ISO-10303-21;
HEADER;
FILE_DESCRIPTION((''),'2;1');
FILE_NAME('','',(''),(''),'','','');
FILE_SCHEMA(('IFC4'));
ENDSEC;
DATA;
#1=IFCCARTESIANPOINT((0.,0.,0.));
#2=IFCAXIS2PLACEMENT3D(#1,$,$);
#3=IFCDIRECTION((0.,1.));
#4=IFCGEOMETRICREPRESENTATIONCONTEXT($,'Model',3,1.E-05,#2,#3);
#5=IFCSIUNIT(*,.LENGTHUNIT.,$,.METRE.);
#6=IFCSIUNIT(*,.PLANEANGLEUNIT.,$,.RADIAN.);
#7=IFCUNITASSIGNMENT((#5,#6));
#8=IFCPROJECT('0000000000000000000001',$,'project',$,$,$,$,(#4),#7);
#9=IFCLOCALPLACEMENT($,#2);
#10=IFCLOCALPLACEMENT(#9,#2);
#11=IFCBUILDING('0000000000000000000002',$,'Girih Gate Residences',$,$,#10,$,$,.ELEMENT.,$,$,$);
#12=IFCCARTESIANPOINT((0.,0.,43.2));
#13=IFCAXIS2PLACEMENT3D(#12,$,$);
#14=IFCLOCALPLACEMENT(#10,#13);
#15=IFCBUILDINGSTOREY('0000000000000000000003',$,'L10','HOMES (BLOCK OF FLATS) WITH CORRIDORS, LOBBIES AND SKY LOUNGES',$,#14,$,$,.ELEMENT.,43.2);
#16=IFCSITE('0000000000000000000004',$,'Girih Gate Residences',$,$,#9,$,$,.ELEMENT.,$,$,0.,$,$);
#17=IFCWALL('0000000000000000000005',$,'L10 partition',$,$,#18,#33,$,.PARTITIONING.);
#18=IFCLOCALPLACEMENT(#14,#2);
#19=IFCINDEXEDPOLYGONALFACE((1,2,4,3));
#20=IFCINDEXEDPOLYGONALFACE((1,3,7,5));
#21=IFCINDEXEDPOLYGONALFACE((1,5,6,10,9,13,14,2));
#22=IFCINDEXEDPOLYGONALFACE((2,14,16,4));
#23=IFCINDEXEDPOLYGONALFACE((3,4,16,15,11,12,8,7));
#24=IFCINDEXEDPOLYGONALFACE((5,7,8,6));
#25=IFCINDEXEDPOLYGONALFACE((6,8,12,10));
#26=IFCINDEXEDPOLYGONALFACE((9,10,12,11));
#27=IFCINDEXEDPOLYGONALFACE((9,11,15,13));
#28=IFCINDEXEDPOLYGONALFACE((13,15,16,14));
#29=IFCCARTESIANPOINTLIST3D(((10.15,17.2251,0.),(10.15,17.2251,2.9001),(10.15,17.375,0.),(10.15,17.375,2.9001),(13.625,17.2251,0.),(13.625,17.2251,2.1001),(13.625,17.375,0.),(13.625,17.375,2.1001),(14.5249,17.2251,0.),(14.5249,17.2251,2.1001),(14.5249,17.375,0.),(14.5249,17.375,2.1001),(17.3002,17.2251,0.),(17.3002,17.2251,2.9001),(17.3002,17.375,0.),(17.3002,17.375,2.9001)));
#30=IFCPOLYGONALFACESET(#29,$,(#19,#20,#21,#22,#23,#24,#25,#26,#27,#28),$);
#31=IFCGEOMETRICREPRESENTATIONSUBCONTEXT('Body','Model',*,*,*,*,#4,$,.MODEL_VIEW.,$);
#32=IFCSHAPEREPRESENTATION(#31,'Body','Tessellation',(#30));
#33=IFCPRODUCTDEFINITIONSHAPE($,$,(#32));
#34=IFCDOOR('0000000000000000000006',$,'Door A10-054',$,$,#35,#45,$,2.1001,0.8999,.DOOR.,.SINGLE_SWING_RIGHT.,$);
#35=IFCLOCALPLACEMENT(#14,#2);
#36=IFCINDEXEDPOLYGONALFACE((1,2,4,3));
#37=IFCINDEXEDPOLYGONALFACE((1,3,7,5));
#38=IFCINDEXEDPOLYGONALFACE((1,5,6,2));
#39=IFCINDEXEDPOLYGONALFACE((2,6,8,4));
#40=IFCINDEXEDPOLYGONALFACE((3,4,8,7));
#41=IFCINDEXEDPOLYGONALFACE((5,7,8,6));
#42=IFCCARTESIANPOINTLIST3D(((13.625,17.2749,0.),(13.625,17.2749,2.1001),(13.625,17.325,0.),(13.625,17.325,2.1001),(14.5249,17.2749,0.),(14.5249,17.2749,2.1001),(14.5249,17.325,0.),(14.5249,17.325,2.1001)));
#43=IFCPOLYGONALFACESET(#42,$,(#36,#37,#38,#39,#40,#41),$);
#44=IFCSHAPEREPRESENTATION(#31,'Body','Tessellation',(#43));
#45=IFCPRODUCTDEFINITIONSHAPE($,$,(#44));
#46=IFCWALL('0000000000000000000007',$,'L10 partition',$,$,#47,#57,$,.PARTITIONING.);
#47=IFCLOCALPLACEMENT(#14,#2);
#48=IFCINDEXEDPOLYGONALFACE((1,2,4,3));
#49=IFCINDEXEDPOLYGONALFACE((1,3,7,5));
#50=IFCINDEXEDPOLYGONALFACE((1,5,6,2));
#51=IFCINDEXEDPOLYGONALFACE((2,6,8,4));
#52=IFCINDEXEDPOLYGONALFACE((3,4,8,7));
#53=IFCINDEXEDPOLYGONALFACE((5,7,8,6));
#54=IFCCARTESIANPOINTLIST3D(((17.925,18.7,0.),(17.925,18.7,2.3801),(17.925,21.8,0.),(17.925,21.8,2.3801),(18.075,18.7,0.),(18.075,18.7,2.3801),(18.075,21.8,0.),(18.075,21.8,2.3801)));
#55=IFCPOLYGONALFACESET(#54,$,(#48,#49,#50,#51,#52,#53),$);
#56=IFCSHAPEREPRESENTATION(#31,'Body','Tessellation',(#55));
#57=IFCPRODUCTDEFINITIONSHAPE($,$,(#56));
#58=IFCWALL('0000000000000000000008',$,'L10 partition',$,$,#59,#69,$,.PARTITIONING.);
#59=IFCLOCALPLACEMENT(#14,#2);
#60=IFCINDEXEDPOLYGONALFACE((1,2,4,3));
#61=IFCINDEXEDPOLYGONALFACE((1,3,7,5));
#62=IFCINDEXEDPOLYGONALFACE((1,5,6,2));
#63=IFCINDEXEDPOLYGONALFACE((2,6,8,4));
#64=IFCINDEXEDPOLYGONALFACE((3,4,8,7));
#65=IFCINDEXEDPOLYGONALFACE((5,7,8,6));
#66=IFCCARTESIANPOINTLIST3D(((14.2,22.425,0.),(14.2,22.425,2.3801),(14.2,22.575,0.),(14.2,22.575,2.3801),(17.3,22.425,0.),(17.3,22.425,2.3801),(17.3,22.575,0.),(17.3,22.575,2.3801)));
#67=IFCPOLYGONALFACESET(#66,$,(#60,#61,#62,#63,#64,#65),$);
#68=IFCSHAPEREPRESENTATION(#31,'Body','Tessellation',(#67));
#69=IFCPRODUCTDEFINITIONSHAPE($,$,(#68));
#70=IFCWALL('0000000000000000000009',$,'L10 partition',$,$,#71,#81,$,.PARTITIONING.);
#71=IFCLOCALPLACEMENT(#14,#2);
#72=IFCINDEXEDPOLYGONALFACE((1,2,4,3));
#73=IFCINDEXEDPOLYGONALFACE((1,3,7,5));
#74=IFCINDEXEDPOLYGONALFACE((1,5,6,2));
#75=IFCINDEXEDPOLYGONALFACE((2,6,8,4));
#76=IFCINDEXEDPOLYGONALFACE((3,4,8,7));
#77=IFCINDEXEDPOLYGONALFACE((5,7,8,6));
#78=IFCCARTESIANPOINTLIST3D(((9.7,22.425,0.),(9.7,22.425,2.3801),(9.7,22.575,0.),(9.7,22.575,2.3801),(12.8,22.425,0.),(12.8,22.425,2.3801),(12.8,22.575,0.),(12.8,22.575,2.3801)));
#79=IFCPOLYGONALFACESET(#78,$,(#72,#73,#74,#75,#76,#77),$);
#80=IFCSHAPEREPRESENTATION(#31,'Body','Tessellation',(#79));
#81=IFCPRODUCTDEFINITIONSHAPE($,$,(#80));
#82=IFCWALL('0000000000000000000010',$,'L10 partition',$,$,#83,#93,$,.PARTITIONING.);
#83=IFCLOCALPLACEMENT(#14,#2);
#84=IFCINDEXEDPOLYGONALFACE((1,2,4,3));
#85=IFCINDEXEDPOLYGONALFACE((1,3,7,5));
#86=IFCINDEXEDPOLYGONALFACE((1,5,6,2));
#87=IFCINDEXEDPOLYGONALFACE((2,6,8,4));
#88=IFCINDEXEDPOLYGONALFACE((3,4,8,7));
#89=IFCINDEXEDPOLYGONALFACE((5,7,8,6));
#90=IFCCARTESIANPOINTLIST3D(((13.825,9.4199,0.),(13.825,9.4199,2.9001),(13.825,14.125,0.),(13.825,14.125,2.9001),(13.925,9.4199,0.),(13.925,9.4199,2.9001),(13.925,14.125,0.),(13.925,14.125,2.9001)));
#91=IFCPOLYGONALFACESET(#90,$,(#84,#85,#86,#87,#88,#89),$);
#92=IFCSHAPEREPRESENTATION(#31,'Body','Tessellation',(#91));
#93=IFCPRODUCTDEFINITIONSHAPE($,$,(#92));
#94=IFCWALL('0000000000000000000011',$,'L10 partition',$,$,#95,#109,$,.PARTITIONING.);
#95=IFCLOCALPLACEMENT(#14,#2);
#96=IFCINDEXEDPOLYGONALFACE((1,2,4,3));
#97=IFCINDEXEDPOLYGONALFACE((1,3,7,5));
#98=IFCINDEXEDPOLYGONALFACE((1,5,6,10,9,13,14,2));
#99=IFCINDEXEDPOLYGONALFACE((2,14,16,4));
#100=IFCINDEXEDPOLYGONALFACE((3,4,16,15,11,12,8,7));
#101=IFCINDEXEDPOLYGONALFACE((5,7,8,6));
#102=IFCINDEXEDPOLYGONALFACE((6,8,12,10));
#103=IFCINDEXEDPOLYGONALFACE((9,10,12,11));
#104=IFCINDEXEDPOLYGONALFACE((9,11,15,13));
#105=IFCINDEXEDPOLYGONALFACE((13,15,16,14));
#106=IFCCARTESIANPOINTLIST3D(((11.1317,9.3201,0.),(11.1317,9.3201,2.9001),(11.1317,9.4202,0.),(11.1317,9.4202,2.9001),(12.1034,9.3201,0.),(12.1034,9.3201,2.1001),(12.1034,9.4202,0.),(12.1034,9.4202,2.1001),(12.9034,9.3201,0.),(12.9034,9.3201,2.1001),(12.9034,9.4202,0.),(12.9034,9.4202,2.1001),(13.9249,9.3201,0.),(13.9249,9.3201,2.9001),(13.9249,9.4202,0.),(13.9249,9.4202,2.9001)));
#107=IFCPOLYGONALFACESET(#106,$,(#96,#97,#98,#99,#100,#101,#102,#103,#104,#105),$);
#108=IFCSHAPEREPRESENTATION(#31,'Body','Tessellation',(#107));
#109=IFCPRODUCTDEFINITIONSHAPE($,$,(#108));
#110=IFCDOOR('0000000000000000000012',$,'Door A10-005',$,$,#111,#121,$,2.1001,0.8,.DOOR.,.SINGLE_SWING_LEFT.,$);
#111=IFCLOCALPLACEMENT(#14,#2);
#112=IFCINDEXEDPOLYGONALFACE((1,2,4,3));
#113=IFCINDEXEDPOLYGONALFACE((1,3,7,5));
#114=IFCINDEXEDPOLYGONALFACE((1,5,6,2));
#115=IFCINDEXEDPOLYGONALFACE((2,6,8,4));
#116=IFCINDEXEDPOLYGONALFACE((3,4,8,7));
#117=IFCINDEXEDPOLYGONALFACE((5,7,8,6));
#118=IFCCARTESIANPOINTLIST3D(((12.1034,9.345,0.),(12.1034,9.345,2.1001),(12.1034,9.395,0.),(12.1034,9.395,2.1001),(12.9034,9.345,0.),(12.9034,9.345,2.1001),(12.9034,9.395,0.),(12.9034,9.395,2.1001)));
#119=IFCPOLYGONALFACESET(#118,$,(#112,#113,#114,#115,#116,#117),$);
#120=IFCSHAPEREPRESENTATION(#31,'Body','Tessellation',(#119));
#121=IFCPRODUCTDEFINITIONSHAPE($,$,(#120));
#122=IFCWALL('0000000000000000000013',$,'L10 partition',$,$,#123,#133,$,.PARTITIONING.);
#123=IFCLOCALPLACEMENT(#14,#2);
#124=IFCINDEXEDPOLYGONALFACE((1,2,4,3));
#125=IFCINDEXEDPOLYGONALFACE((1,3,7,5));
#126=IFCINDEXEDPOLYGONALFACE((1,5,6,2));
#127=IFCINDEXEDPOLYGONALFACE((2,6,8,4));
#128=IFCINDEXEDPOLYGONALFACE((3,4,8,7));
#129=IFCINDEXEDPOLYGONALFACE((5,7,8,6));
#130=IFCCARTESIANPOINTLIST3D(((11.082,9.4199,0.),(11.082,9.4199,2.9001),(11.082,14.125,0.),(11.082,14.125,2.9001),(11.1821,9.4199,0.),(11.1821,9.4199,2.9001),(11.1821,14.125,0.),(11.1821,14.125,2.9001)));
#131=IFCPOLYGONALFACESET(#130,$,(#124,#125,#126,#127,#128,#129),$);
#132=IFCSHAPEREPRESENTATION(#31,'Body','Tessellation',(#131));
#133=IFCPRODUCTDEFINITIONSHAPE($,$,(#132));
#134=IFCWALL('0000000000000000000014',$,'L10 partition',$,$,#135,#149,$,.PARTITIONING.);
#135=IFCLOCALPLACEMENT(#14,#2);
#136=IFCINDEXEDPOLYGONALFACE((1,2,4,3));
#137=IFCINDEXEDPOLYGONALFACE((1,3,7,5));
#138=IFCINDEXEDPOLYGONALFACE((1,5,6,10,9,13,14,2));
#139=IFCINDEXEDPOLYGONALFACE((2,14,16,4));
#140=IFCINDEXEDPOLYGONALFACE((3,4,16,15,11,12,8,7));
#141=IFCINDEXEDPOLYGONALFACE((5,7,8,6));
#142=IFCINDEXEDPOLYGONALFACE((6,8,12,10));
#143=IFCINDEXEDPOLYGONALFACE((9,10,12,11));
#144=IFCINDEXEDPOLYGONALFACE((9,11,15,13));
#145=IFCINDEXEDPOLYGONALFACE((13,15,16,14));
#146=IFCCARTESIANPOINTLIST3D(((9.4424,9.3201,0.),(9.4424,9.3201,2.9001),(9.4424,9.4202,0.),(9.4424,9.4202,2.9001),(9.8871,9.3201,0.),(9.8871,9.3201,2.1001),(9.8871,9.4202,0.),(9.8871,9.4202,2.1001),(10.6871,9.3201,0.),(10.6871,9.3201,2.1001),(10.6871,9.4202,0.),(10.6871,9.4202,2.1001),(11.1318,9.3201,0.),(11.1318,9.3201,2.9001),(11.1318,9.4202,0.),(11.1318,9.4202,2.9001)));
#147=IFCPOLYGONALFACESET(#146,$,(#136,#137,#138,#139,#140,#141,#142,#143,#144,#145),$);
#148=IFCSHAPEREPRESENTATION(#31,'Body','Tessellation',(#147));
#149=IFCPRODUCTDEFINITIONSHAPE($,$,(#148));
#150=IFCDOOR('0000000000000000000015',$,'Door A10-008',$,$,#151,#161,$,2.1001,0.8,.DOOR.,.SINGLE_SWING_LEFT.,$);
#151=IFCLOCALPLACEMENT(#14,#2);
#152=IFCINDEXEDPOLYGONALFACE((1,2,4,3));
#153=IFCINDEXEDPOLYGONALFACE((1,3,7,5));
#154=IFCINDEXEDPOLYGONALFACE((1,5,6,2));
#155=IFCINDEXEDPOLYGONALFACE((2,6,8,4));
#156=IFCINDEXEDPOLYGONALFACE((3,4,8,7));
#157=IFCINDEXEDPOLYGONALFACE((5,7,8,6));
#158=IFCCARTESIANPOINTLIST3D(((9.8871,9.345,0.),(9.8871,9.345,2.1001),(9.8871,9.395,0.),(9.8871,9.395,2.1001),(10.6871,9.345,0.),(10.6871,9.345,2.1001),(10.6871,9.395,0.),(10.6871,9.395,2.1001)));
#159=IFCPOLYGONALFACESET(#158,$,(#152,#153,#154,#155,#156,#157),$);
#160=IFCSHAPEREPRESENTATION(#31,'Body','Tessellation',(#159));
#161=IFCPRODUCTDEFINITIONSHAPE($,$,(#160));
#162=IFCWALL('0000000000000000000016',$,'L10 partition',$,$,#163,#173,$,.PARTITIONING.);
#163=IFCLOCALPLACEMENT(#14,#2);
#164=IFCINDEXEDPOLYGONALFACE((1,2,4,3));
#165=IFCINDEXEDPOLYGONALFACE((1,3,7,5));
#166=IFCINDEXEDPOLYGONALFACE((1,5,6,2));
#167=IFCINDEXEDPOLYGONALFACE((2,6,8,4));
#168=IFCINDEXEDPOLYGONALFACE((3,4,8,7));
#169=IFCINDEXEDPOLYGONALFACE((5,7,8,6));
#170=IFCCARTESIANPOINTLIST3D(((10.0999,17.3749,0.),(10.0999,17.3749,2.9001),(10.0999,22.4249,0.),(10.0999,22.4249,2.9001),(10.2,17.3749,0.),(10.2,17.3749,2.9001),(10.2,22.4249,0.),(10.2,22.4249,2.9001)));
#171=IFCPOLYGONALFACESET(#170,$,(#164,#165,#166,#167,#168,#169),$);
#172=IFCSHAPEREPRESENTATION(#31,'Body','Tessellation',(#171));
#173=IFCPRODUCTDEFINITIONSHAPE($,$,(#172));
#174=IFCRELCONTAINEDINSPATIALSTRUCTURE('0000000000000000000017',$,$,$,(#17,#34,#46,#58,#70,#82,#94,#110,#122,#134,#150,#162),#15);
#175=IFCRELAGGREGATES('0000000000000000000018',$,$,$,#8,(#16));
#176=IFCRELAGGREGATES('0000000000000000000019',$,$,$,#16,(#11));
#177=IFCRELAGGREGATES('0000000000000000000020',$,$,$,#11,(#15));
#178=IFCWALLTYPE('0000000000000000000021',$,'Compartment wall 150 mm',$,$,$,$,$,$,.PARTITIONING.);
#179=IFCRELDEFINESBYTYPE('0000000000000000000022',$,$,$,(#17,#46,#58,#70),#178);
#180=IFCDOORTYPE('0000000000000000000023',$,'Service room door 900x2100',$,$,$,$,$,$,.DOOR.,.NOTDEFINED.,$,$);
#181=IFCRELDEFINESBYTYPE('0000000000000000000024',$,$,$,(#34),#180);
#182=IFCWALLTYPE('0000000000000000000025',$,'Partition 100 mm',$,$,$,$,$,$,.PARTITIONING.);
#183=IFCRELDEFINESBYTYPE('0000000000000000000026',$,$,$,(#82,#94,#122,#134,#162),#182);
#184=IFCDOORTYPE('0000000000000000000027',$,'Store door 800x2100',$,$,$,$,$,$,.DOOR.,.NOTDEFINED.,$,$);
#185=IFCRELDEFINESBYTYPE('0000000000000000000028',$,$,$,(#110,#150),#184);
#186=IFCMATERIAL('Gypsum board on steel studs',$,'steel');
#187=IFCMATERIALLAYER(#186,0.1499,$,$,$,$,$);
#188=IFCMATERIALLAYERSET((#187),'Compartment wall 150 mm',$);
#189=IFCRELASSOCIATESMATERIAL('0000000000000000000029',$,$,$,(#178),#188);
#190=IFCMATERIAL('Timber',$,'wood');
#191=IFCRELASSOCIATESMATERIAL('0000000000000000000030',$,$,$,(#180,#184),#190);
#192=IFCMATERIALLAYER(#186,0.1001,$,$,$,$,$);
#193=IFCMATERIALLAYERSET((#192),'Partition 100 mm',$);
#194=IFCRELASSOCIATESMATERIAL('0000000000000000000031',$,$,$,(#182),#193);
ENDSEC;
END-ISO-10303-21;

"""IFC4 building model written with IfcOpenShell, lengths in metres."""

from ifc_helpers import new_model, si_unit, direction, frame, frame_2d, origin, place, context, subcontext, project, spatial, rectangle, extrude, material, layer, layer_set, type_object, element, fill, save


model = new_model("IFC4")

# Units and contexts
model_context = context("Model", 3, precision=1e-05, world=origin(), true_north=direction((0.0, 1.0)))
body_context = subcontext(model_context, "Body", "Model", "MODEL_VIEW")
ifc_project = project(units=[si_unit("LENGTHUNIT", "METRE"), si_unit("PLANEANGLEUNIT", "RADIAN")], contexts=[model_context])

# Site, building, storey
site_placement = place(None, origin())
site = spatial("IfcSite", under=ifc_project, at=site_placement, Name="Girih Gate Residences", CompositionType="ELEMENT", RefElevation=0.0)
building_placement = place(site_placement, origin())
building = spatial("IfcBuilding", under=site, at=building_placement, Name="Girih Gate Residences", CompositionType="ELEMENT")
storey_placement = place(building_placement, frame((0.0, 0.0, 43.2)))
storey = spatial("IfcBuildingStorey", under=building, at=storey_placement, Name="L10", Description="HOMES (BLOCK OF FLATS) WITH CORRIDORS, LOBBIES AND SKY LOUNGES", CompositionType="ELEMENT", Elevation=43.2)

# Shared definitions
ifc_material_1 = material(Name="Gypsum board on steel studs", Category="steel")
ifc_layer_1 = layer(ifc_material_1, 0.1499)
ifc_layer_set_1 = layer_set([ifc_layer_1], Name="Compartment wall 150 mm")
wall_type_1 = type_object("IfcWallType", Name="Compartment wall 150 mm", PredefinedType="PARTITIONING", material=ifc_layer_set_1)

# Wall, opening, door
wall_1_placement = place(storey_placement, frame((10.1499, 17.3, 0.0), z_axis=(0.0, 0.0, 1.0), x_axis=(1.0, 0.0, 0.0)))
wall_1 = element("IfcWall", 1, at=wall_1_placement, inside=storey, type_object=wall_type_1, Name="L10 partition", PredefinedType="PARTITIONING", context=body_context, shape_type="SweptSolid", body=[
    extrude(rectangle(XDim=7.1501, YDim=0.1499, at=frame_2d((3.5752, 0.0))), origin(), (0.0, 0.0, 1.0), 2.9001),
])
opening_1_placement = place(wall_1_placement, frame((3.4751, 0.0, 0.0)))
opening_1 = element("IfcOpeningElement", 2, at=opening_1_placement, cuts=wall_1, PredefinedType="OPENING", context=body_context, shape_type="SweptSolid", body=[
    extrude(rectangle(XDim=0.8999, YDim=2.1001, at=frame_2d((0.45, 1.05))), frame((0.0, 0.085, 0.0), z_axis=(0.0, -1.0, 0.0), x_axis=(1.0, 0.0, 0.0)), (0.0, 0.0, 1.0), 0.1699),
])
ifc_material_2 = material(Name="Timber", Category="wood")
door_type_1 = type_object("IfcDoorType", Name="Service room door 900x2100", OperationType="NOTDEFINED", PredefinedType="DOOR", material=ifc_material_2)
door_1_placement = place(opening_1_placement, origin())
door_1 = element("IfcDoor", 3, at=door_1_placement, inside=storey, type_object=door_type_1, Name="Door A10-054", OperationType="SINGLE_SWING_RIGHT", OverallHeight=2.1001, OverallWidth=0.8999, PredefinedType="DOOR", context=body_context, shape_type="SweptSolid", body=[
    extrude(rectangle(XDim=0.8999, YDim=2.1001, at=frame_2d((0.45, 1.05))), frame((0.0, 0.0249, 0.0), z_axis=(0.0, -1.0, 0.0), x_axis=(1.0, 0.0, 0.0)), (0.0, 0.0, 1.0), 0.05),
])
fill(opening_1, door_1)

# Walls
for number, where, z_axis, x_axis, name in (
    (4, (18.0, 18.7, 0.0), (0.0, 0.0, 1.0), (0.0, 1.0, 0.0), "L10 partition"),
    (5, (14.2, 22.5, 0.0), (0.0, 0.0, 1.0), (1.0, 0.0, 0.0), "L10 partition"),
    (6, (9.7, 22.5, 0.0), (0.0, 0.0, 1.0), (1.0, 0.0, 0.0), "L10 partition"),
):
    element("IfcWall", number, at=place(storey_placement, frame(where, z_axis=z_axis, x_axis=x_axis)), inside=storey, type_object=wall_type_1, Name=name, PredefinedType="PARTITIONING", context=body_context, shape_type="SweptSolid", body=[
        extrude(rectangle(XDim=3.1001, YDim=0.1499, at=frame_2d((1.55, 0.0))), origin(), (0.0, 0.0, 1.0), 2.3801),
    ])
ifc_layer_2 = layer(ifc_material_1, 0.1001)
ifc_layer_set_2 = layer_set([ifc_layer_2], Name="Partition 100 mm")
wall_type_2 = type_object("IfcWallType", Name="Partition 100 mm", PredefinedType="PARTITIONING", material=ifc_layer_set_2)
wall_2_placement = place(storey_placement, frame((13.875, 9.4199, 0.0), z_axis=(0.0, 0.0, 1.0), x_axis=(0.0, 1.0, 0.0)))
element("IfcWall", 7, at=wall_2_placement, inside=storey, type_object=wall_type_2, Name="L10 partition", PredefinedType="PARTITIONING", context=body_context, shape_type="SweptSolid", body=[
    extrude(rectangle(XDim=4.7051, YDim=0.1001, at=frame_2d((2.3525, 0.0))), origin(), (0.0, 0.0, 1.0), 2.9001),
])

# Wall, opening, door
wall_3_placement = place(storey_placement, frame((11.1318, 9.3701, 0.0), z_axis=(0.0, 0.0, 1.0), x_axis=(1.0, 0.0, 0.0)))
wall_3 = element("IfcWall", 8, at=wall_3_placement, inside=storey, type_object=wall_type_2, Name="L10 partition", PredefinedType="PARTITIONING", context=body_context, shape_type="SweptSolid", body=[
    extrude(rectangle(XDim=2.7932, YDim=0.1001, at=frame_2d((1.3965, 0.0))), origin(), (0.0, 0.0, 1.0), 2.9001),
])
opening_2_placement = place(wall_3_placement, frame((0.9717, 0.0, 0.0)))
opening_2 = element("IfcOpeningElement", 9, at=opening_2_placement, cuts=wall_3, PredefinedType="OPENING", context=body_context, shape_type="SweptSolid", body=[
    extrude(rectangle(XDim=0.8, YDim=2.1001, at=frame_2d((0.3999, 1.05))), frame((0.0, 0.0601, 0.0), z_axis=(0.0, -1.0, 0.0), x_axis=(1.0, 0.0, 0.0)), (0.0, 0.0, 1.0), 0.1201),
])
door_type_2 = type_object("IfcDoorType", Name="Store door 800x2100", OperationType="NOTDEFINED", PredefinedType="DOOR", material=ifc_material_2)
door_2_placement = place(opening_2_placement, origin())
door_2 = element("IfcDoor", 10, at=door_2_placement, inside=storey, type_object=door_type_2, Name="Door A10-005", OperationType="SINGLE_SWING_LEFT", OverallHeight=2.1001, OverallWidth=0.8, PredefinedType="DOOR", context=body_context, shape_type="SweptSolid", body=[
    extrude(rectangle(XDim=0.8, YDim=2.1001, at=frame_2d((0.3999, 1.05))), frame((0.0, 0.0249, 0.0), z_axis=(0.0, -1.0, 0.0), x_axis=(1.0, 0.0, 0.0)), (0.0, 0.0, 1.0), 0.05),
])
fill(opening_2, door_2)

# Wall
wall_4_placement = place(storey_placement, frame((11.1321, 9.4199, 0.0), z_axis=(0.0, 0.0, 1.0), x_axis=(0.0, 1.0, 0.0)))
element("IfcWall", 11, at=wall_4_placement, inside=storey, type_object=wall_type_2, Name="L10 partition", PredefinedType="PARTITIONING", context=body_context, shape_type="SweptSolid", body=[
    extrude(rectangle(XDim=4.7051, YDim=0.1001, at=frame_2d((2.3525, 0.0))), origin(), (0.0, 0.0, 1.0), 2.9001),
])

# Wall, opening, door
wall_5_placement = place(storey_placement, frame((9.4424, 9.3701, 0.0), z_axis=(0.0, 0.0, 1.0), x_axis=(1.0, 0.0, 0.0)))
wall_5 = element("IfcWall", 12, at=wall_5_placement, inside=storey, type_object=wall_type_2, Name="L10 partition", PredefinedType="PARTITIONING", context=body_context, shape_type="SweptSolid", body=[
    extrude(rectangle(XDim=1.6895, YDim=0.1001, at=frame_2d((0.8447, 0.0))), origin(), (0.0, 0.0, 1.0), 2.9001),
])
opening_3_placement = place(wall_5_placement, frame((0.4448, 0.0, 0.0)))
opening_3 = element("IfcOpeningElement", 13, at=opening_3_placement, cuts=wall_5, PredefinedType="OPENING", context=body_context, shape_type="SweptSolid", body=[
    extrude(rectangle(XDim=0.8, YDim=2.1001, at=frame_2d((0.3999, 1.05))), frame((0.0, 0.0601, 0.0), z_axis=(0.0, -1.0, 0.0), x_axis=(1.0, 0.0, 0.0)), (0.0, 0.0, 1.0), 0.1201),
])
door_3_placement = place(opening_3_placement, origin())
door_3 = element("IfcDoor", 14, at=door_3_placement, inside=storey, type_object=door_type_2, Name="Door A10-008", OperationType="SINGLE_SWING_LEFT", OverallHeight=2.1001, OverallWidth=0.8, PredefinedType="DOOR", context=body_context, shape_type="SweptSolid", body=[
    extrude(rectangle(XDim=0.8, YDim=2.1001, at=frame_2d((0.3999, 1.05))), frame((0.0, 0.0249, 0.0), z_axis=(0.0, -1.0, 0.0), x_axis=(1.0, 0.0, 0.0)), (0.0, 0.0, 1.0), 0.05),
])
fill(opening_3, door_3)

# Wall
wall_6_placement = place(storey_placement, frame((10.1499, 17.375, 0.0), z_axis=(0.0, 0.0, 1.0), x_axis=(0.0, 1.0, 0.0)))
element("IfcWall", 15, at=wall_6_placement, inside=storey, type_object=wall_type_2, Name="L10 partition", PredefinedType="PARTITIONING", context=body_context, shape_type="SweptSolid", body=[
    extrude(rectangle(XDim=5.05, YDim=0.1001, at=frame_2d((2.5249, 0.0))), origin(), (0.0, 0.0, 1.0), 2.9001),
])

save(model, "model.ifc")
